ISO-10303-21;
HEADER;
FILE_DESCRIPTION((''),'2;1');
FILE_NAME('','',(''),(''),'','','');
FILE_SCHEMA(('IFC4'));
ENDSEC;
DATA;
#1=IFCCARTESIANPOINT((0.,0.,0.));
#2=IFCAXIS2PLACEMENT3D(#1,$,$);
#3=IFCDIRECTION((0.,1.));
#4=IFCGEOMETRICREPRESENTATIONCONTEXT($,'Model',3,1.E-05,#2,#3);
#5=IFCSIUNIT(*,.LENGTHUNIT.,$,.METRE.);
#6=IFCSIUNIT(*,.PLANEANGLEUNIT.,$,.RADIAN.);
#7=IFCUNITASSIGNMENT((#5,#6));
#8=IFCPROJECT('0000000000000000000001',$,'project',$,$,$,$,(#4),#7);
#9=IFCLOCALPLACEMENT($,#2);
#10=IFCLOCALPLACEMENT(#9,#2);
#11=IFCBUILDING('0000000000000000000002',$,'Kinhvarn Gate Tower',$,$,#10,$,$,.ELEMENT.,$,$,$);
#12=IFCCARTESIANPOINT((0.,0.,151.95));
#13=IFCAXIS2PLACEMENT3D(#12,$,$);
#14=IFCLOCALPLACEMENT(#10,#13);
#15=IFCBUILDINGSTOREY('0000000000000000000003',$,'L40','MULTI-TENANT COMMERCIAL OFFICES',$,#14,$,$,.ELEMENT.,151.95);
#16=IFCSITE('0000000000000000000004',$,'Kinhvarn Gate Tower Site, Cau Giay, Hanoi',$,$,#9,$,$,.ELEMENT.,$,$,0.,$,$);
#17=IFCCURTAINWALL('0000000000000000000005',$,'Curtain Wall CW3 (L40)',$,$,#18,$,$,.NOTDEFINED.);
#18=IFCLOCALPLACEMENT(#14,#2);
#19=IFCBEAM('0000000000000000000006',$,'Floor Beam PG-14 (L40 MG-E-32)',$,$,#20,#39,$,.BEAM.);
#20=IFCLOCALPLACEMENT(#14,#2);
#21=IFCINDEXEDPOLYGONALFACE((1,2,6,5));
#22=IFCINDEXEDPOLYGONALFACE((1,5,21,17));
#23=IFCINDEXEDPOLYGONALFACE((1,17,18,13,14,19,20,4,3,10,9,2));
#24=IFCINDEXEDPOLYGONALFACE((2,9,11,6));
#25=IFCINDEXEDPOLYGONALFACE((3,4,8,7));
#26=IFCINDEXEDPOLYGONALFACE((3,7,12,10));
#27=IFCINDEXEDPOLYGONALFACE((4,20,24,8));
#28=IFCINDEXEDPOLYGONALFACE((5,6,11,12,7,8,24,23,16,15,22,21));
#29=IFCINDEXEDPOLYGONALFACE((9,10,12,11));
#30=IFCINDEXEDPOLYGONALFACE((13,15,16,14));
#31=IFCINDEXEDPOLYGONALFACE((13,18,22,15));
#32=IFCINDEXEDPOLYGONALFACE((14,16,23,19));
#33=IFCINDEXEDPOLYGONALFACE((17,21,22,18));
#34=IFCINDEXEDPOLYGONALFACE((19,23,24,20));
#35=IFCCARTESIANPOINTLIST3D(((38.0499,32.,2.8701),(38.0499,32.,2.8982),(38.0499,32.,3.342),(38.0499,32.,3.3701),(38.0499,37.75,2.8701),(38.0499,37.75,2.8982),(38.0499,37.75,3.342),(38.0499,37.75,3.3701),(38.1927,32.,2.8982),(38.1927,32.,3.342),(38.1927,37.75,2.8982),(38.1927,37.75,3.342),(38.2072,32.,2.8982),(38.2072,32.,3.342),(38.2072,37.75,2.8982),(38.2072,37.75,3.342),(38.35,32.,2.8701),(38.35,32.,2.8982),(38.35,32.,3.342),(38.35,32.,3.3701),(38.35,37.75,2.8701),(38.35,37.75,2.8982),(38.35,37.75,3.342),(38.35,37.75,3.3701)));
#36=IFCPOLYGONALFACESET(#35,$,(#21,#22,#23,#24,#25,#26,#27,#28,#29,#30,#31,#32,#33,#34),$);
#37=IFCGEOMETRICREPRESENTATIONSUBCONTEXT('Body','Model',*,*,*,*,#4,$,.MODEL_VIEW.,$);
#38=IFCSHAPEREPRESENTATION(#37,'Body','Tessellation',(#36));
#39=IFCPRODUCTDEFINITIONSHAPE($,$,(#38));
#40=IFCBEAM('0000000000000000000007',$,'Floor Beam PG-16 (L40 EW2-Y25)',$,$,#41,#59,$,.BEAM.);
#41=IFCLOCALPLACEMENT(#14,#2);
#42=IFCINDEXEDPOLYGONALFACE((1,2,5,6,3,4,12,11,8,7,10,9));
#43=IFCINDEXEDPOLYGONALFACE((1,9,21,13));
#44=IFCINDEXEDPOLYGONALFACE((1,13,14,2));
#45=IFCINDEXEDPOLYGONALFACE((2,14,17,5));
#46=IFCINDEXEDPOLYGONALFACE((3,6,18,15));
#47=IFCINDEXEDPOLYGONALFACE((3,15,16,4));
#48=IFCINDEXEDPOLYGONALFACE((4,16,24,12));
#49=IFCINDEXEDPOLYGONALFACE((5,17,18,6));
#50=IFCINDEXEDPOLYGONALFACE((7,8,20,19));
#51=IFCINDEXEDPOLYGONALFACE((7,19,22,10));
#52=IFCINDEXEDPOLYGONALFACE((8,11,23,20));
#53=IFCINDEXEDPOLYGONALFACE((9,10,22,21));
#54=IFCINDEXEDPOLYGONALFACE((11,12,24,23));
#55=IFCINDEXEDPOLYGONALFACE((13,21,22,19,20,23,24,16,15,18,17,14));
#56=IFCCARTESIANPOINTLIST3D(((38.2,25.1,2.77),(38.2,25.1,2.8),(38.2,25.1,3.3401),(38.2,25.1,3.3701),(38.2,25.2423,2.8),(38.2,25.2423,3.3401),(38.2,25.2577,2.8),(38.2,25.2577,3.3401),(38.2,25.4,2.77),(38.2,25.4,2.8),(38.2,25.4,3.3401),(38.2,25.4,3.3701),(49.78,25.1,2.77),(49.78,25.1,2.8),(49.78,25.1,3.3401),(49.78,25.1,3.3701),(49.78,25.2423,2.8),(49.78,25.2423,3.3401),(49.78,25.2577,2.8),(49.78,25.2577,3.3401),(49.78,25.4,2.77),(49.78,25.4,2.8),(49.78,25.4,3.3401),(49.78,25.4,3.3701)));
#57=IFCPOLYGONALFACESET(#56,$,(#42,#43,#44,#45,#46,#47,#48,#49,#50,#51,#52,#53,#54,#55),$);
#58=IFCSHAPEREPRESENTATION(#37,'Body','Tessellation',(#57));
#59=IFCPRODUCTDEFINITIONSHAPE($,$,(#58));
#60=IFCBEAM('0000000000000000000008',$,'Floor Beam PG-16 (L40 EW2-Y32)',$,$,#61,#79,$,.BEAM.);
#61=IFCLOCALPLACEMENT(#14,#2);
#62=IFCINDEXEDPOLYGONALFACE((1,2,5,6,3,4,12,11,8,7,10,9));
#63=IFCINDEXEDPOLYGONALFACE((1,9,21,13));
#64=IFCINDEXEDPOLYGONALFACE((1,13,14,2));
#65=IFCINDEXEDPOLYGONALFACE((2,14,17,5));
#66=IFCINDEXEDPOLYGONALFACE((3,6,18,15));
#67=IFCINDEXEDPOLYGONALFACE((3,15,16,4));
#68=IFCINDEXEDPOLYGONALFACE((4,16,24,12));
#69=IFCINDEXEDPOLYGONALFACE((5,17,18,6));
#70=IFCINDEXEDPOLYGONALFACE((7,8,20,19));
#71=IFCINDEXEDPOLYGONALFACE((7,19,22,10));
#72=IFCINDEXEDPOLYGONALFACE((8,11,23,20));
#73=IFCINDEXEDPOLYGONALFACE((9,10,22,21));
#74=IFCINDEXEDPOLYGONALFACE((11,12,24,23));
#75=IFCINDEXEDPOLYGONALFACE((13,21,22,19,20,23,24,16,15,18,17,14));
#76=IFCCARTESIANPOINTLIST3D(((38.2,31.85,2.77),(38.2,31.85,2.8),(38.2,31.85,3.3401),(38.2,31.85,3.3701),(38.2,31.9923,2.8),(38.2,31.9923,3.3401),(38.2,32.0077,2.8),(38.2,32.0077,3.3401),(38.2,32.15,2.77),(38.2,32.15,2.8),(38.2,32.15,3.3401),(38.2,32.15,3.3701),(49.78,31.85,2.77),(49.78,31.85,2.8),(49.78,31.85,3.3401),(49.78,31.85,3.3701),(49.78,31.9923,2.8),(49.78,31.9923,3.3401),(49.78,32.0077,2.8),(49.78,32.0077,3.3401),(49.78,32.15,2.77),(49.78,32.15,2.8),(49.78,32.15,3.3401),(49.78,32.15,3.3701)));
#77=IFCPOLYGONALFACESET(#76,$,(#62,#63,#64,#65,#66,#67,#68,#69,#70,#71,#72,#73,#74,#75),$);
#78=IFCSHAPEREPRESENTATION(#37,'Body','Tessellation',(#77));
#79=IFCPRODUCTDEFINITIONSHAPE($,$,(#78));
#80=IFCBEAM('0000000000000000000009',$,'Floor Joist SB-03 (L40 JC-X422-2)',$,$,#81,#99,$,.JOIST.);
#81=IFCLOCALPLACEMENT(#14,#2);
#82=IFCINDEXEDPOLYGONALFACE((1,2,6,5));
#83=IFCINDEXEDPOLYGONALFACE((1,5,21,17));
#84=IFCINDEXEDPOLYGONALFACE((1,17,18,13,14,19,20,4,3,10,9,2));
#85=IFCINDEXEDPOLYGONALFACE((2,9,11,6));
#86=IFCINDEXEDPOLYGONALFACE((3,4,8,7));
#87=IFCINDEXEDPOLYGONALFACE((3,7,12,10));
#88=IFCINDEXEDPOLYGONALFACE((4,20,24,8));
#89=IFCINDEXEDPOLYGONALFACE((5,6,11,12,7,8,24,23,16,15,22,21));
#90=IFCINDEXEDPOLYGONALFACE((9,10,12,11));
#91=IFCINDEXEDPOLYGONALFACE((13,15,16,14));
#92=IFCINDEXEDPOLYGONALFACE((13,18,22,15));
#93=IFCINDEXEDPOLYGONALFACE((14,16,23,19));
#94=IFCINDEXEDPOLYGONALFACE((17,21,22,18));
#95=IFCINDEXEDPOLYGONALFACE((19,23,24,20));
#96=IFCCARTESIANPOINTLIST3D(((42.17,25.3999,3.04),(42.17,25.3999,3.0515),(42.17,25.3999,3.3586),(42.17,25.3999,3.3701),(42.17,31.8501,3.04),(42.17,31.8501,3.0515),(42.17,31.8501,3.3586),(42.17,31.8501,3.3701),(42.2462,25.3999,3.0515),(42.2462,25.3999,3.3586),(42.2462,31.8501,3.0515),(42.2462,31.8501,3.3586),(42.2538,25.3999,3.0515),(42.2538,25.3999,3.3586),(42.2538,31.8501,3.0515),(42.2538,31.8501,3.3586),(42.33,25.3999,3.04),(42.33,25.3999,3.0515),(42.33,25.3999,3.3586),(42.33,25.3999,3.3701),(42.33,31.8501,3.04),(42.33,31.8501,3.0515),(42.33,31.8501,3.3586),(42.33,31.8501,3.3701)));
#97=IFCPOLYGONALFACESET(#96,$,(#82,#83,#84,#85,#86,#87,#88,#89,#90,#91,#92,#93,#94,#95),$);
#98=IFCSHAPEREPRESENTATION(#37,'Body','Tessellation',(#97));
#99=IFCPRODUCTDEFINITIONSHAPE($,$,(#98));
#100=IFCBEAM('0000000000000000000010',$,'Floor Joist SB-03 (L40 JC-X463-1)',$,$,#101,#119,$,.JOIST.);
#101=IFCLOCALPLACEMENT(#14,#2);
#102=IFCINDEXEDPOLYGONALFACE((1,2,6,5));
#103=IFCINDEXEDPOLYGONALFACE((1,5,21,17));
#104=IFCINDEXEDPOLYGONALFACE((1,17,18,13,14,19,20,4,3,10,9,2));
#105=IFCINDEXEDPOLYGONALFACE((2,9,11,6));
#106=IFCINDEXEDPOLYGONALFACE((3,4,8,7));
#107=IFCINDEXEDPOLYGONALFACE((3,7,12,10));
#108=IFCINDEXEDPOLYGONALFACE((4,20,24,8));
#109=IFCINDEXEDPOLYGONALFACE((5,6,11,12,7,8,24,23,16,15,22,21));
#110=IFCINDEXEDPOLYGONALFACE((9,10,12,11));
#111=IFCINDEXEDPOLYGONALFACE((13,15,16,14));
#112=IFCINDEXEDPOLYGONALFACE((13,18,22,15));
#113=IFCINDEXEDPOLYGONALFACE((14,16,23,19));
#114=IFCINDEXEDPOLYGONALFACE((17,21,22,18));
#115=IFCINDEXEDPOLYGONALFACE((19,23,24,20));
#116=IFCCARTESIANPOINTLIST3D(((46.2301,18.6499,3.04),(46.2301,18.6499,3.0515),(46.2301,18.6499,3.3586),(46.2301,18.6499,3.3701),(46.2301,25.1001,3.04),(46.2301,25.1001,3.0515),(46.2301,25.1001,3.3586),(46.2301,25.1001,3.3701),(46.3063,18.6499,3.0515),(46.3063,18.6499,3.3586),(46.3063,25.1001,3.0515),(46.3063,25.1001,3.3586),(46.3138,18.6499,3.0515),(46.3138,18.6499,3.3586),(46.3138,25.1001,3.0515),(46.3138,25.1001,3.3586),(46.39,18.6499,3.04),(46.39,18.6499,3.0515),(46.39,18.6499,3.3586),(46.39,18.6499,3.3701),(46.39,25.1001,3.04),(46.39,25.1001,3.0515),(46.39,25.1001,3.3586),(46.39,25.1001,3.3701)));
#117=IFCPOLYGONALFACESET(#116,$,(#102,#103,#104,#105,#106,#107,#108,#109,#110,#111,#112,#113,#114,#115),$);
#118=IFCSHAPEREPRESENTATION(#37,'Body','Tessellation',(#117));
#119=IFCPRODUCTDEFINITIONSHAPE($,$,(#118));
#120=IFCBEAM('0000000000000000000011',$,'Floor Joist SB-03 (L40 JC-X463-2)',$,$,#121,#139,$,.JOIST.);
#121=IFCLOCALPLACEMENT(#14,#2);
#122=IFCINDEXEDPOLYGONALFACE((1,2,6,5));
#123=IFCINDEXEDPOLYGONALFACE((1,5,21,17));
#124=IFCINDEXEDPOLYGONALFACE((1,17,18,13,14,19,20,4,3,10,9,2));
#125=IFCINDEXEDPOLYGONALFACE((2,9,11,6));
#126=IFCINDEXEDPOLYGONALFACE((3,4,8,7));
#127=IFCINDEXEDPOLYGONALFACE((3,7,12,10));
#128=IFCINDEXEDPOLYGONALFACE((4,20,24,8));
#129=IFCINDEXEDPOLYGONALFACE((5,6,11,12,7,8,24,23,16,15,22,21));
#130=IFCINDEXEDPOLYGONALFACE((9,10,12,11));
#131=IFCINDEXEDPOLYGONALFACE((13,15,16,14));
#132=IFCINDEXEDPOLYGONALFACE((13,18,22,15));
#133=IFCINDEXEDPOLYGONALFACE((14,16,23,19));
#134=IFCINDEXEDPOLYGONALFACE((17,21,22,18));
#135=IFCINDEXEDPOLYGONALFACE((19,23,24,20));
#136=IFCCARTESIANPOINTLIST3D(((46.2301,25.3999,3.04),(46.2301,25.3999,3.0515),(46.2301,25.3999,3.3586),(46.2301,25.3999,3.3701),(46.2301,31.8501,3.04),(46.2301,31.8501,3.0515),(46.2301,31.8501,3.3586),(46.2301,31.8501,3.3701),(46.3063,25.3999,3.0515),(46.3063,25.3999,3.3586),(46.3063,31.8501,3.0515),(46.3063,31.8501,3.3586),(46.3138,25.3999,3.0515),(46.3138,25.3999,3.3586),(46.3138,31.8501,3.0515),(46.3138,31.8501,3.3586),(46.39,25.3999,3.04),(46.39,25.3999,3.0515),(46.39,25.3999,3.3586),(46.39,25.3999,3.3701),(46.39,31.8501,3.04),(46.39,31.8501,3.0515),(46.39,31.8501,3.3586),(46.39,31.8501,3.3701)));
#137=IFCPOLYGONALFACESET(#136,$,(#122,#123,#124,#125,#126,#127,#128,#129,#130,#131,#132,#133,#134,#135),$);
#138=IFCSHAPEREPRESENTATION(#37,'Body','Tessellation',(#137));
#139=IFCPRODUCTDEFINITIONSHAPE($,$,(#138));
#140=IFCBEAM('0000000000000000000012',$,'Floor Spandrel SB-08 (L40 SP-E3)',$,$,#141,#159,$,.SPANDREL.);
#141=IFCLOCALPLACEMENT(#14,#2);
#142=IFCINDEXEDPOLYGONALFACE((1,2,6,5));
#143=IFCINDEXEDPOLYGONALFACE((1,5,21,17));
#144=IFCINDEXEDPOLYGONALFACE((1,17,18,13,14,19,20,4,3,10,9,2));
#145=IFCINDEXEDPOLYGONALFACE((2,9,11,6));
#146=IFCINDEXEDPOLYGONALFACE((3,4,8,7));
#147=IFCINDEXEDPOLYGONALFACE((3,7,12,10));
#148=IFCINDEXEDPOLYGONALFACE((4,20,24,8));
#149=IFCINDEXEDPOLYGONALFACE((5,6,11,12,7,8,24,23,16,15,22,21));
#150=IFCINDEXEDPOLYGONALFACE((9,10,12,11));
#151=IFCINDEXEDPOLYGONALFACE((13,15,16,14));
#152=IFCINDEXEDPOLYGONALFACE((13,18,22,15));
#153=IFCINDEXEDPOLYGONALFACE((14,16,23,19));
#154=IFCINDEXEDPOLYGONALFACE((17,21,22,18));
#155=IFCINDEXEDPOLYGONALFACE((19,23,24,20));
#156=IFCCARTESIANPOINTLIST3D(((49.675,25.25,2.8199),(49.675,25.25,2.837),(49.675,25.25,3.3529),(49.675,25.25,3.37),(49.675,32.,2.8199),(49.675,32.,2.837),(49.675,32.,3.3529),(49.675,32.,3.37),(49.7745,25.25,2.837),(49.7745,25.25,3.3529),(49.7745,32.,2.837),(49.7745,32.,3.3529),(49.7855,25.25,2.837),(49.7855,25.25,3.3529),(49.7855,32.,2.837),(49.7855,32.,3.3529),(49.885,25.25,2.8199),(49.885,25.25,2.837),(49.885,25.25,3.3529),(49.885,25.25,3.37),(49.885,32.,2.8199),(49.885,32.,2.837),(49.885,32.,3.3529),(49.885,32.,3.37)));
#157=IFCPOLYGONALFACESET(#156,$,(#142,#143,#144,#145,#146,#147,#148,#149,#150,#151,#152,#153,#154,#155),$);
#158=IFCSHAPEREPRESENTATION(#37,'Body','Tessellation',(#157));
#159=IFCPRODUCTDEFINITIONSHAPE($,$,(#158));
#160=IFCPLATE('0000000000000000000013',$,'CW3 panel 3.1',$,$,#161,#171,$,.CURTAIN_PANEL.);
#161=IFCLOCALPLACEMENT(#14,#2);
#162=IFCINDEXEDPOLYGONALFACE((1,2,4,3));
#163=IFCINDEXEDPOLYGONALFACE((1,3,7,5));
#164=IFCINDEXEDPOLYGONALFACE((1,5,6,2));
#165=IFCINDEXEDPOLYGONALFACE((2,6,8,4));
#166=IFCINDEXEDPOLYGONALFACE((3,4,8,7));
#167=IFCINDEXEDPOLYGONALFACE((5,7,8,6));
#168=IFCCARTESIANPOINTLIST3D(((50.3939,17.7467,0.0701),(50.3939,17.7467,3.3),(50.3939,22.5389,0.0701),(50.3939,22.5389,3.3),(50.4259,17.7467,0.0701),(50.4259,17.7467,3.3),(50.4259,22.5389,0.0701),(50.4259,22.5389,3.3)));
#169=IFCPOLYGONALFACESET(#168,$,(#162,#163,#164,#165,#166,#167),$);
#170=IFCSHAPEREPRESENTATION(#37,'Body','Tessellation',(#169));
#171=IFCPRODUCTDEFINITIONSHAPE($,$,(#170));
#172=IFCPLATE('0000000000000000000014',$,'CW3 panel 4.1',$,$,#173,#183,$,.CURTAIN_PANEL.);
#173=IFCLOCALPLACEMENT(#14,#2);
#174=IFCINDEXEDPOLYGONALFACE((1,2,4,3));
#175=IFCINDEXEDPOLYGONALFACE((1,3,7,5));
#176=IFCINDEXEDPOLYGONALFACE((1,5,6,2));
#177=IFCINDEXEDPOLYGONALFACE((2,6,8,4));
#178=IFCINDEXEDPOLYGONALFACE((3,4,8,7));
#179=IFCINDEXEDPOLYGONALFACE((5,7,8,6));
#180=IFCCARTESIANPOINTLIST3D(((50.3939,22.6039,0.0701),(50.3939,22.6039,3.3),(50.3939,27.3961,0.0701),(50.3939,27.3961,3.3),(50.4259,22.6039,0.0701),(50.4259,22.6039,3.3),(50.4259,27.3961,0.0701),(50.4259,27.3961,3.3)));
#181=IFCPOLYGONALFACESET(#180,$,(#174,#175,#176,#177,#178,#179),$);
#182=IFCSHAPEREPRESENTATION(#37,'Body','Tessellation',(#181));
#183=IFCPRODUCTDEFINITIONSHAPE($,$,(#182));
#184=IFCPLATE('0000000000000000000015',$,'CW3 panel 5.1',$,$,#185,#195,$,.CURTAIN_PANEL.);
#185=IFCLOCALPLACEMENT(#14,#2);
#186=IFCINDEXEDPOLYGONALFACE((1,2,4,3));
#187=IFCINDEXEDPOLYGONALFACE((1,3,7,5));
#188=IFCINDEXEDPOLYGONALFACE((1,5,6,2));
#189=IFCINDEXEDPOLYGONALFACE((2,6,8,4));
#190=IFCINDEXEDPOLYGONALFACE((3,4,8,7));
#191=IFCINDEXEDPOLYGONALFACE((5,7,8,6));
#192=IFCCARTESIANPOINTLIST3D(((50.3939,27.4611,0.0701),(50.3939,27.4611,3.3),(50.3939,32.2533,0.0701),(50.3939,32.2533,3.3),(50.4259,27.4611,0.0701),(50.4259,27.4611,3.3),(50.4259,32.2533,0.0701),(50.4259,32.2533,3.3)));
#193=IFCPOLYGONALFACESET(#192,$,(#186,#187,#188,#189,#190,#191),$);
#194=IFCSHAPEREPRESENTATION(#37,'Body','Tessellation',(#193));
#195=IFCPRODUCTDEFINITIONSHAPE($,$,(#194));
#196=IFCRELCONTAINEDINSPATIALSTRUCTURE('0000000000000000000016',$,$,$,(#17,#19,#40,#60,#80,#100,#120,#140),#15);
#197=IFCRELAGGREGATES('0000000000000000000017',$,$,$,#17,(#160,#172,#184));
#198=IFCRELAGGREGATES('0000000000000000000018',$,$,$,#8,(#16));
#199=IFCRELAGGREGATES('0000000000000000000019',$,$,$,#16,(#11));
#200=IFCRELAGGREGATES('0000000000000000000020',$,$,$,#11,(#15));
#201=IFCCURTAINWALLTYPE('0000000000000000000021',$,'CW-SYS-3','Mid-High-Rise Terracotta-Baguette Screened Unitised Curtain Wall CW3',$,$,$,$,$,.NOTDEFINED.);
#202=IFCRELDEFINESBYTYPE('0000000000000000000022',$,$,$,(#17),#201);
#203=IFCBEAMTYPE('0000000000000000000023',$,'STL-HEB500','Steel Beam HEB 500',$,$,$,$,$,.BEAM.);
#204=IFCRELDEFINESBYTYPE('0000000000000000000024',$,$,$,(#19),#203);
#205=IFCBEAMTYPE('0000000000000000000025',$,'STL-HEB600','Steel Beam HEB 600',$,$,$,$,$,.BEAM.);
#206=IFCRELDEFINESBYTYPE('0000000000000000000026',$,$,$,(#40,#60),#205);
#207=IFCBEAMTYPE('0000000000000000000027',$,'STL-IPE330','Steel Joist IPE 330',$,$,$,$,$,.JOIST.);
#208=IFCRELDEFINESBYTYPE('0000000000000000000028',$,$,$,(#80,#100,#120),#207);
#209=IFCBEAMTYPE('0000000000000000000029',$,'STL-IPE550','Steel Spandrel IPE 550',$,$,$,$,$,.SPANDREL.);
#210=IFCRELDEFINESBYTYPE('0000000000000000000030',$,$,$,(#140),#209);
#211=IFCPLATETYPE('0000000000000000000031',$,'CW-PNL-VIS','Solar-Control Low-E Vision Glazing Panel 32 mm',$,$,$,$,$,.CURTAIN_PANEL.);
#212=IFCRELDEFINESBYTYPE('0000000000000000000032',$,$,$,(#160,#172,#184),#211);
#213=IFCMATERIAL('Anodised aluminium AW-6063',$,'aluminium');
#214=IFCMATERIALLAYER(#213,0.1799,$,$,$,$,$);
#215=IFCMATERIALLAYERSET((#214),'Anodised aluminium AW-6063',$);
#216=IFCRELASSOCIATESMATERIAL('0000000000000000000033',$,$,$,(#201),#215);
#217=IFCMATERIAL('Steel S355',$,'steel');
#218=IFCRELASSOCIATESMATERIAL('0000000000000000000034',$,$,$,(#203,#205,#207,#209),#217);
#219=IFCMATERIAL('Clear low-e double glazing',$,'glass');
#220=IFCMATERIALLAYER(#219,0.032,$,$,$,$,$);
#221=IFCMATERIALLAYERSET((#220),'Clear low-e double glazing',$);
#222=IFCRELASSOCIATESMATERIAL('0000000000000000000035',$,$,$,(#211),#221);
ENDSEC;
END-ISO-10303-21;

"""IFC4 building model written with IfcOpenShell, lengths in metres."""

from ifc_helpers import new_model, si_unit, direction, frame, origin, origin_2d, place, context, subcontext, project, spatial, rectangle, i_section, extrude, material, layer, layer_set, material_profile, profile_set, type_object, element, aggregate, save


model = new_model("IFC4")

# Units and contexts
model_context = context("Model", 3, precision=1e-05, world=origin(), true_north=direction((0.0, 1.0)))
body_context = subcontext(model_context, "Body", "Model", "MODEL_VIEW")
ifc_project = project(units=[si_unit("LENGTHUNIT", "METRE"), si_unit("PLANEANGLEUNIT", "RADIAN")], contexts=[model_context])

# Site, building, storey
site_placement = place(None, origin())
site = spatial("IfcSite", under=ifc_project, at=site_placement, Name="Kinhvarn Gate Tower Site, Cau Giay, Hanoi", CompositionType="ELEMENT", RefElevation=0.0)
building_placement = place(site_placement, origin())
building = spatial("IfcBuilding", under=site, at=building_placement, Name="Kinhvarn Gate Tower", CompositionType="ELEMENT")
storey_placement = place(building_placement, frame((0.0, 0.0, 151.95)))
storey = spatial("IfcBuildingStorey", under=building, at=storey_placement, Name="L40", Description="MULTI-TENANT COMMERCIAL OFFICES", CompositionType="ELEMENT", Elevation=151.95)

# Curtain wall
ifc_material_1 = material(Name="Anodised aluminium AW-6063", Category="aluminium")
ifc_layer_1 = layer(ifc_material_1, 0.1799)
ifc_layer_set_1 = layer_set([ifc_layer_1], Name="Anodised aluminium AW-6063")
curtain_wall_type = type_object("IfcCurtainWallType", Name="CW-SYS-3", Description="Mid-High-Rise Terracotta-Baguette Screened Unitised Curtain Wall CW3", PredefinedType="NOTDEFINED", material=ifc_layer_set_1)
curtain_wall_placement = place(storey_placement, origin())
curtain_wall = element("IfcCurtainWall", 1, at=curtain_wall_placement, inside=storey, type_object=curtain_wall_type, Name="Curtain Wall CW3 (L40)", PredefinedType="NOTDEFINED")

# Beams
ifc_material_2 = material(Name="Steel S355", Category="steel")
ifc_material_profile_1 = material_profile(ifc_material_2, i_section(OverallWidth=0.3, OverallDepth=0.5, WebThickness=0.0144, FlangeThickness=0.0281, at=origin_2d()), Name="HEB 500")
ifc_profile_set_1 = profile_set([ifc_material_profile_1], Name="Steel S355")
beam_type_1 = type_object("IfcBeamType", Name="STL-HEB500", Description="Steel Beam HEB 500", PredefinedType="BEAM", material=ifc_profile_set_1)
beam_1_placement = place(storey_placement, frame((38.2, 32.0, 3.1201), z_axis=(0.0, 1.0, 0.0), x_axis=(-1.0, 0.0, 0.0)))
element("IfcBeam", 2, at=beam_1_placement, inside=storey, type_object=beam_type_1, Name="Floor Beam PG-14 (L40 MG-E-32)", PredefinedType="BEAM", context=body_context, shape_type="SweptSolid", body=[
    extrude(i_section(OverallWidth=0.3, OverallDepth=0.5, WebThickness=0.0144, FlangeThickness=0.0281, at=origin_2d()), origin(), (0.0, 0.0, 1.0), 5.75),
])
ifc_material_profile_2 = material_profile(ifc_material_2, i_section(OverallWidth=0.3, OverallDepth=0.6001, WebThickness=0.0154, FlangeThickness=0.03, at=origin_2d()), Name="HEB 600")
ifc_profile_set_2 = profile_set([ifc_material_profile_2], Name="Steel S355")
beam_type_2 = type_object("IfcBeamType", Name="STL-HEB600", Description="Steel Beam HEB 600", PredefinedType="BEAM", material=ifc_profile_set_2)
for number, where, z_axis, x_axis, name in (
    (3, (38.2, 25.25, 3.0701), (1.0, 0.0, 0.0), (0.0, 1.0, 0.0), "Floor Beam PG-16 (L40 EW2-Y25)"),
    (4, (38.2, 32.0, 3.0701), (1.0, 0.0, 0.0), (0.0, 1.0, 0.0), "Floor Beam PG-16 (L40 EW2-Y32)"),
):
    element("IfcBeam", number, at=place(storey_placement, frame(where, z_axis=z_axis, x_axis=x_axis)), inside=storey, type_object=beam_type_2, Name=name, PredefinedType="BEAM", context=body_context, shape_type="SweptSolid", body=[
        extrude(i_section(OverallWidth=0.3, OverallDepth=0.6001, WebThickness=0.0154, FlangeThickness=0.03, at=origin_2d()), origin(), (0.0, 0.0, 1.0), 11.5801),
    ])
ifc_material_profile_3 = material_profile(ifc_material_2, i_section(OverallWidth=0.1599, OverallDepth=0.3301, WebThickness=0.0076, FlangeThickness=0.0115, at=origin_2d()), Name="IPE 330")
ifc_profile_set_3 = profile_set([ifc_material_profile_3], Name="Steel S355")
beam_type_3 = type_object("IfcBeamType", Name="STL-IPE330", Description="Steel Joist IPE 330", PredefinedType="JOIST", material=ifc_profile_set_3)
for number, where, z_axis, x_axis, name in (
    (5, (42.25, 25.3999, 3.2051), (0.0, 1.0, 0.0), (-1.0, 0.0, 0.0), "Floor Joist SB-03 (L40 JC-X422-2)"),
    (6, (46.3101, 18.6499, 3.2051), (0.0, 1.0, 0.0), (-1.0, 0.0, 0.0), "Floor Joist SB-03 (L40 JC-X463-1)"),
    (7, (46.3101, 25.3999, 3.2051), (0.0, 1.0, 0.0), (-1.0, 0.0, 0.0), "Floor Joist SB-03 (L40 JC-X463-2)"),
):
    element("IfcBeam", number, at=place(storey_placement, frame(where, z_axis=z_axis, x_axis=x_axis)), inside=storey, type_object=beam_type_3, Name=name, PredefinedType="JOIST", context=body_context, shape_type="SweptSolid", body=[
        extrude(i_section(OverallWidth=0.1599, OverallDepth=0.3301, WebThickness=0.0076, FlangeThickness=0.0115, at=origin_2d()), origin(), (0.0, 0.0, 1.0), 6.4502),
    ])
ifc_material_profile_4 = material_profile(ifc_material_2, i_section(OverallWidth=0.21, OverallDepth=0.55, WebThickness=0.011, FlangeThickness=0.0171, at=origin_2d()), Name="IPE 550")
ifc_profile_set_4 = profile_set([ifc_material_profile_4], Name="Steel S355")
beam_type_4 = type_object("IfcBeamType", Name="STL-IPE550", Description="Steel Spandrel IPE 550", PredefinedType="SPANDREL", material=ifc_profile_set_4)
beam_2_placement = place(storey_placement, frame((49.78, 25.25, 3.095), z_axis=(0.0, 1.0, 0.0), x_axis=(-1.0, 0.0, 0.0)))
element("IfcBeam", 8, at=beam_2_placement, inside=storey, type_object=beam_type_4, Name="Floor Spandrel SB-08 (L40 SP-E3)", PredefinedType="SPANDREL", context=body_context, shape_type="SweptSolid", body=[
    extrude(i_section(OverallWidth=0.21, OverallDepth=0.55, WebThickness=0.011, FlangeThickness=0.0171, at=origin_2d()), origin(), (0.0, 0.0, 1.0), 6.75),
])

# Plates
ifc_material_3 = material(Name="Clear low-e double glazing", Category="glass")
ifc_layer_2 = layer(ifc_material_3, 0.032)
ifc_layer_set_2 = layer_set([ifc_layer_2], Name="Clear low-e double glazing")
plate_type = type_object("IfcPlateType", Name="CW-PNL-VIS", Description="Solar-Control Low-E Vision Glazing Panel 32 mm", PredefinedType="CURTAIN_PANEL", material=ifc_layer_set_2)
plate_1_placement = place(storey_placement, frame((50.4099, 20.1428, 0.0701), z_axis=(0.0, 0.0, 1.0), x_axis=(0.0, 1.0, 0.0)))
plate_1 = element("IfcPlate", 9, at=plate_1_placement, type_object=plate_type, Name="CW3 panel 3.1", PredefinedType="CURTAIN_PANEL", context=body_context, shape_type="SweptSolid", body=[
    extrude(rectangle(XDim=4.7922, YDim=0.032, at=origin_2d()), origin(), (0.0, 0.0, 1.0), 3.23),
])
plate_2_placement = place(storey_placement, frame((50.4099, 25.0, 0.0701), z_axis=(0.0, 0.0, 1.0), x_axis=(0.0, 1.0, 0.0)))
plate_2 = element("IfcPlate", 10, at=plate_2_placement, type_object=plate_type, Name="CW3 panel 4.1", PredefinedType="CURTAIN_PANEL", context=body_context, shape_type="SweptSolid", body=[
    extrude(rectangle(XDim=4.7922, YDim=0.032, at=origin_2d()), origin(), (0.0, 0.0, 1.0), 3.23),
])
plate_3_placement = place(storey_placement, frame((50.4099, 29.8572, 0.0701), z_axis=(0.0, 0.0, 1.0), x_axis=(0.0, 1.0, 0.0)))
plate_3 = element("IfcPlate", 11, at=plate_3_placement, type_object=plate_type, Name="CW3 panel 5.1", PredefinedType="CURTAIN_PANEL", context=body_context, shape_type="SweptSolid", body=[
    extrude(rectangle(XDim=4.7922, YDim=0.032, at=origin_2d()), origin(), (0.0, 0.0, 1.0), 3.23),
])
aggregate(curtain_wall, [plate_1, plate_2, plate_3])

save(model, "model.ifc")
